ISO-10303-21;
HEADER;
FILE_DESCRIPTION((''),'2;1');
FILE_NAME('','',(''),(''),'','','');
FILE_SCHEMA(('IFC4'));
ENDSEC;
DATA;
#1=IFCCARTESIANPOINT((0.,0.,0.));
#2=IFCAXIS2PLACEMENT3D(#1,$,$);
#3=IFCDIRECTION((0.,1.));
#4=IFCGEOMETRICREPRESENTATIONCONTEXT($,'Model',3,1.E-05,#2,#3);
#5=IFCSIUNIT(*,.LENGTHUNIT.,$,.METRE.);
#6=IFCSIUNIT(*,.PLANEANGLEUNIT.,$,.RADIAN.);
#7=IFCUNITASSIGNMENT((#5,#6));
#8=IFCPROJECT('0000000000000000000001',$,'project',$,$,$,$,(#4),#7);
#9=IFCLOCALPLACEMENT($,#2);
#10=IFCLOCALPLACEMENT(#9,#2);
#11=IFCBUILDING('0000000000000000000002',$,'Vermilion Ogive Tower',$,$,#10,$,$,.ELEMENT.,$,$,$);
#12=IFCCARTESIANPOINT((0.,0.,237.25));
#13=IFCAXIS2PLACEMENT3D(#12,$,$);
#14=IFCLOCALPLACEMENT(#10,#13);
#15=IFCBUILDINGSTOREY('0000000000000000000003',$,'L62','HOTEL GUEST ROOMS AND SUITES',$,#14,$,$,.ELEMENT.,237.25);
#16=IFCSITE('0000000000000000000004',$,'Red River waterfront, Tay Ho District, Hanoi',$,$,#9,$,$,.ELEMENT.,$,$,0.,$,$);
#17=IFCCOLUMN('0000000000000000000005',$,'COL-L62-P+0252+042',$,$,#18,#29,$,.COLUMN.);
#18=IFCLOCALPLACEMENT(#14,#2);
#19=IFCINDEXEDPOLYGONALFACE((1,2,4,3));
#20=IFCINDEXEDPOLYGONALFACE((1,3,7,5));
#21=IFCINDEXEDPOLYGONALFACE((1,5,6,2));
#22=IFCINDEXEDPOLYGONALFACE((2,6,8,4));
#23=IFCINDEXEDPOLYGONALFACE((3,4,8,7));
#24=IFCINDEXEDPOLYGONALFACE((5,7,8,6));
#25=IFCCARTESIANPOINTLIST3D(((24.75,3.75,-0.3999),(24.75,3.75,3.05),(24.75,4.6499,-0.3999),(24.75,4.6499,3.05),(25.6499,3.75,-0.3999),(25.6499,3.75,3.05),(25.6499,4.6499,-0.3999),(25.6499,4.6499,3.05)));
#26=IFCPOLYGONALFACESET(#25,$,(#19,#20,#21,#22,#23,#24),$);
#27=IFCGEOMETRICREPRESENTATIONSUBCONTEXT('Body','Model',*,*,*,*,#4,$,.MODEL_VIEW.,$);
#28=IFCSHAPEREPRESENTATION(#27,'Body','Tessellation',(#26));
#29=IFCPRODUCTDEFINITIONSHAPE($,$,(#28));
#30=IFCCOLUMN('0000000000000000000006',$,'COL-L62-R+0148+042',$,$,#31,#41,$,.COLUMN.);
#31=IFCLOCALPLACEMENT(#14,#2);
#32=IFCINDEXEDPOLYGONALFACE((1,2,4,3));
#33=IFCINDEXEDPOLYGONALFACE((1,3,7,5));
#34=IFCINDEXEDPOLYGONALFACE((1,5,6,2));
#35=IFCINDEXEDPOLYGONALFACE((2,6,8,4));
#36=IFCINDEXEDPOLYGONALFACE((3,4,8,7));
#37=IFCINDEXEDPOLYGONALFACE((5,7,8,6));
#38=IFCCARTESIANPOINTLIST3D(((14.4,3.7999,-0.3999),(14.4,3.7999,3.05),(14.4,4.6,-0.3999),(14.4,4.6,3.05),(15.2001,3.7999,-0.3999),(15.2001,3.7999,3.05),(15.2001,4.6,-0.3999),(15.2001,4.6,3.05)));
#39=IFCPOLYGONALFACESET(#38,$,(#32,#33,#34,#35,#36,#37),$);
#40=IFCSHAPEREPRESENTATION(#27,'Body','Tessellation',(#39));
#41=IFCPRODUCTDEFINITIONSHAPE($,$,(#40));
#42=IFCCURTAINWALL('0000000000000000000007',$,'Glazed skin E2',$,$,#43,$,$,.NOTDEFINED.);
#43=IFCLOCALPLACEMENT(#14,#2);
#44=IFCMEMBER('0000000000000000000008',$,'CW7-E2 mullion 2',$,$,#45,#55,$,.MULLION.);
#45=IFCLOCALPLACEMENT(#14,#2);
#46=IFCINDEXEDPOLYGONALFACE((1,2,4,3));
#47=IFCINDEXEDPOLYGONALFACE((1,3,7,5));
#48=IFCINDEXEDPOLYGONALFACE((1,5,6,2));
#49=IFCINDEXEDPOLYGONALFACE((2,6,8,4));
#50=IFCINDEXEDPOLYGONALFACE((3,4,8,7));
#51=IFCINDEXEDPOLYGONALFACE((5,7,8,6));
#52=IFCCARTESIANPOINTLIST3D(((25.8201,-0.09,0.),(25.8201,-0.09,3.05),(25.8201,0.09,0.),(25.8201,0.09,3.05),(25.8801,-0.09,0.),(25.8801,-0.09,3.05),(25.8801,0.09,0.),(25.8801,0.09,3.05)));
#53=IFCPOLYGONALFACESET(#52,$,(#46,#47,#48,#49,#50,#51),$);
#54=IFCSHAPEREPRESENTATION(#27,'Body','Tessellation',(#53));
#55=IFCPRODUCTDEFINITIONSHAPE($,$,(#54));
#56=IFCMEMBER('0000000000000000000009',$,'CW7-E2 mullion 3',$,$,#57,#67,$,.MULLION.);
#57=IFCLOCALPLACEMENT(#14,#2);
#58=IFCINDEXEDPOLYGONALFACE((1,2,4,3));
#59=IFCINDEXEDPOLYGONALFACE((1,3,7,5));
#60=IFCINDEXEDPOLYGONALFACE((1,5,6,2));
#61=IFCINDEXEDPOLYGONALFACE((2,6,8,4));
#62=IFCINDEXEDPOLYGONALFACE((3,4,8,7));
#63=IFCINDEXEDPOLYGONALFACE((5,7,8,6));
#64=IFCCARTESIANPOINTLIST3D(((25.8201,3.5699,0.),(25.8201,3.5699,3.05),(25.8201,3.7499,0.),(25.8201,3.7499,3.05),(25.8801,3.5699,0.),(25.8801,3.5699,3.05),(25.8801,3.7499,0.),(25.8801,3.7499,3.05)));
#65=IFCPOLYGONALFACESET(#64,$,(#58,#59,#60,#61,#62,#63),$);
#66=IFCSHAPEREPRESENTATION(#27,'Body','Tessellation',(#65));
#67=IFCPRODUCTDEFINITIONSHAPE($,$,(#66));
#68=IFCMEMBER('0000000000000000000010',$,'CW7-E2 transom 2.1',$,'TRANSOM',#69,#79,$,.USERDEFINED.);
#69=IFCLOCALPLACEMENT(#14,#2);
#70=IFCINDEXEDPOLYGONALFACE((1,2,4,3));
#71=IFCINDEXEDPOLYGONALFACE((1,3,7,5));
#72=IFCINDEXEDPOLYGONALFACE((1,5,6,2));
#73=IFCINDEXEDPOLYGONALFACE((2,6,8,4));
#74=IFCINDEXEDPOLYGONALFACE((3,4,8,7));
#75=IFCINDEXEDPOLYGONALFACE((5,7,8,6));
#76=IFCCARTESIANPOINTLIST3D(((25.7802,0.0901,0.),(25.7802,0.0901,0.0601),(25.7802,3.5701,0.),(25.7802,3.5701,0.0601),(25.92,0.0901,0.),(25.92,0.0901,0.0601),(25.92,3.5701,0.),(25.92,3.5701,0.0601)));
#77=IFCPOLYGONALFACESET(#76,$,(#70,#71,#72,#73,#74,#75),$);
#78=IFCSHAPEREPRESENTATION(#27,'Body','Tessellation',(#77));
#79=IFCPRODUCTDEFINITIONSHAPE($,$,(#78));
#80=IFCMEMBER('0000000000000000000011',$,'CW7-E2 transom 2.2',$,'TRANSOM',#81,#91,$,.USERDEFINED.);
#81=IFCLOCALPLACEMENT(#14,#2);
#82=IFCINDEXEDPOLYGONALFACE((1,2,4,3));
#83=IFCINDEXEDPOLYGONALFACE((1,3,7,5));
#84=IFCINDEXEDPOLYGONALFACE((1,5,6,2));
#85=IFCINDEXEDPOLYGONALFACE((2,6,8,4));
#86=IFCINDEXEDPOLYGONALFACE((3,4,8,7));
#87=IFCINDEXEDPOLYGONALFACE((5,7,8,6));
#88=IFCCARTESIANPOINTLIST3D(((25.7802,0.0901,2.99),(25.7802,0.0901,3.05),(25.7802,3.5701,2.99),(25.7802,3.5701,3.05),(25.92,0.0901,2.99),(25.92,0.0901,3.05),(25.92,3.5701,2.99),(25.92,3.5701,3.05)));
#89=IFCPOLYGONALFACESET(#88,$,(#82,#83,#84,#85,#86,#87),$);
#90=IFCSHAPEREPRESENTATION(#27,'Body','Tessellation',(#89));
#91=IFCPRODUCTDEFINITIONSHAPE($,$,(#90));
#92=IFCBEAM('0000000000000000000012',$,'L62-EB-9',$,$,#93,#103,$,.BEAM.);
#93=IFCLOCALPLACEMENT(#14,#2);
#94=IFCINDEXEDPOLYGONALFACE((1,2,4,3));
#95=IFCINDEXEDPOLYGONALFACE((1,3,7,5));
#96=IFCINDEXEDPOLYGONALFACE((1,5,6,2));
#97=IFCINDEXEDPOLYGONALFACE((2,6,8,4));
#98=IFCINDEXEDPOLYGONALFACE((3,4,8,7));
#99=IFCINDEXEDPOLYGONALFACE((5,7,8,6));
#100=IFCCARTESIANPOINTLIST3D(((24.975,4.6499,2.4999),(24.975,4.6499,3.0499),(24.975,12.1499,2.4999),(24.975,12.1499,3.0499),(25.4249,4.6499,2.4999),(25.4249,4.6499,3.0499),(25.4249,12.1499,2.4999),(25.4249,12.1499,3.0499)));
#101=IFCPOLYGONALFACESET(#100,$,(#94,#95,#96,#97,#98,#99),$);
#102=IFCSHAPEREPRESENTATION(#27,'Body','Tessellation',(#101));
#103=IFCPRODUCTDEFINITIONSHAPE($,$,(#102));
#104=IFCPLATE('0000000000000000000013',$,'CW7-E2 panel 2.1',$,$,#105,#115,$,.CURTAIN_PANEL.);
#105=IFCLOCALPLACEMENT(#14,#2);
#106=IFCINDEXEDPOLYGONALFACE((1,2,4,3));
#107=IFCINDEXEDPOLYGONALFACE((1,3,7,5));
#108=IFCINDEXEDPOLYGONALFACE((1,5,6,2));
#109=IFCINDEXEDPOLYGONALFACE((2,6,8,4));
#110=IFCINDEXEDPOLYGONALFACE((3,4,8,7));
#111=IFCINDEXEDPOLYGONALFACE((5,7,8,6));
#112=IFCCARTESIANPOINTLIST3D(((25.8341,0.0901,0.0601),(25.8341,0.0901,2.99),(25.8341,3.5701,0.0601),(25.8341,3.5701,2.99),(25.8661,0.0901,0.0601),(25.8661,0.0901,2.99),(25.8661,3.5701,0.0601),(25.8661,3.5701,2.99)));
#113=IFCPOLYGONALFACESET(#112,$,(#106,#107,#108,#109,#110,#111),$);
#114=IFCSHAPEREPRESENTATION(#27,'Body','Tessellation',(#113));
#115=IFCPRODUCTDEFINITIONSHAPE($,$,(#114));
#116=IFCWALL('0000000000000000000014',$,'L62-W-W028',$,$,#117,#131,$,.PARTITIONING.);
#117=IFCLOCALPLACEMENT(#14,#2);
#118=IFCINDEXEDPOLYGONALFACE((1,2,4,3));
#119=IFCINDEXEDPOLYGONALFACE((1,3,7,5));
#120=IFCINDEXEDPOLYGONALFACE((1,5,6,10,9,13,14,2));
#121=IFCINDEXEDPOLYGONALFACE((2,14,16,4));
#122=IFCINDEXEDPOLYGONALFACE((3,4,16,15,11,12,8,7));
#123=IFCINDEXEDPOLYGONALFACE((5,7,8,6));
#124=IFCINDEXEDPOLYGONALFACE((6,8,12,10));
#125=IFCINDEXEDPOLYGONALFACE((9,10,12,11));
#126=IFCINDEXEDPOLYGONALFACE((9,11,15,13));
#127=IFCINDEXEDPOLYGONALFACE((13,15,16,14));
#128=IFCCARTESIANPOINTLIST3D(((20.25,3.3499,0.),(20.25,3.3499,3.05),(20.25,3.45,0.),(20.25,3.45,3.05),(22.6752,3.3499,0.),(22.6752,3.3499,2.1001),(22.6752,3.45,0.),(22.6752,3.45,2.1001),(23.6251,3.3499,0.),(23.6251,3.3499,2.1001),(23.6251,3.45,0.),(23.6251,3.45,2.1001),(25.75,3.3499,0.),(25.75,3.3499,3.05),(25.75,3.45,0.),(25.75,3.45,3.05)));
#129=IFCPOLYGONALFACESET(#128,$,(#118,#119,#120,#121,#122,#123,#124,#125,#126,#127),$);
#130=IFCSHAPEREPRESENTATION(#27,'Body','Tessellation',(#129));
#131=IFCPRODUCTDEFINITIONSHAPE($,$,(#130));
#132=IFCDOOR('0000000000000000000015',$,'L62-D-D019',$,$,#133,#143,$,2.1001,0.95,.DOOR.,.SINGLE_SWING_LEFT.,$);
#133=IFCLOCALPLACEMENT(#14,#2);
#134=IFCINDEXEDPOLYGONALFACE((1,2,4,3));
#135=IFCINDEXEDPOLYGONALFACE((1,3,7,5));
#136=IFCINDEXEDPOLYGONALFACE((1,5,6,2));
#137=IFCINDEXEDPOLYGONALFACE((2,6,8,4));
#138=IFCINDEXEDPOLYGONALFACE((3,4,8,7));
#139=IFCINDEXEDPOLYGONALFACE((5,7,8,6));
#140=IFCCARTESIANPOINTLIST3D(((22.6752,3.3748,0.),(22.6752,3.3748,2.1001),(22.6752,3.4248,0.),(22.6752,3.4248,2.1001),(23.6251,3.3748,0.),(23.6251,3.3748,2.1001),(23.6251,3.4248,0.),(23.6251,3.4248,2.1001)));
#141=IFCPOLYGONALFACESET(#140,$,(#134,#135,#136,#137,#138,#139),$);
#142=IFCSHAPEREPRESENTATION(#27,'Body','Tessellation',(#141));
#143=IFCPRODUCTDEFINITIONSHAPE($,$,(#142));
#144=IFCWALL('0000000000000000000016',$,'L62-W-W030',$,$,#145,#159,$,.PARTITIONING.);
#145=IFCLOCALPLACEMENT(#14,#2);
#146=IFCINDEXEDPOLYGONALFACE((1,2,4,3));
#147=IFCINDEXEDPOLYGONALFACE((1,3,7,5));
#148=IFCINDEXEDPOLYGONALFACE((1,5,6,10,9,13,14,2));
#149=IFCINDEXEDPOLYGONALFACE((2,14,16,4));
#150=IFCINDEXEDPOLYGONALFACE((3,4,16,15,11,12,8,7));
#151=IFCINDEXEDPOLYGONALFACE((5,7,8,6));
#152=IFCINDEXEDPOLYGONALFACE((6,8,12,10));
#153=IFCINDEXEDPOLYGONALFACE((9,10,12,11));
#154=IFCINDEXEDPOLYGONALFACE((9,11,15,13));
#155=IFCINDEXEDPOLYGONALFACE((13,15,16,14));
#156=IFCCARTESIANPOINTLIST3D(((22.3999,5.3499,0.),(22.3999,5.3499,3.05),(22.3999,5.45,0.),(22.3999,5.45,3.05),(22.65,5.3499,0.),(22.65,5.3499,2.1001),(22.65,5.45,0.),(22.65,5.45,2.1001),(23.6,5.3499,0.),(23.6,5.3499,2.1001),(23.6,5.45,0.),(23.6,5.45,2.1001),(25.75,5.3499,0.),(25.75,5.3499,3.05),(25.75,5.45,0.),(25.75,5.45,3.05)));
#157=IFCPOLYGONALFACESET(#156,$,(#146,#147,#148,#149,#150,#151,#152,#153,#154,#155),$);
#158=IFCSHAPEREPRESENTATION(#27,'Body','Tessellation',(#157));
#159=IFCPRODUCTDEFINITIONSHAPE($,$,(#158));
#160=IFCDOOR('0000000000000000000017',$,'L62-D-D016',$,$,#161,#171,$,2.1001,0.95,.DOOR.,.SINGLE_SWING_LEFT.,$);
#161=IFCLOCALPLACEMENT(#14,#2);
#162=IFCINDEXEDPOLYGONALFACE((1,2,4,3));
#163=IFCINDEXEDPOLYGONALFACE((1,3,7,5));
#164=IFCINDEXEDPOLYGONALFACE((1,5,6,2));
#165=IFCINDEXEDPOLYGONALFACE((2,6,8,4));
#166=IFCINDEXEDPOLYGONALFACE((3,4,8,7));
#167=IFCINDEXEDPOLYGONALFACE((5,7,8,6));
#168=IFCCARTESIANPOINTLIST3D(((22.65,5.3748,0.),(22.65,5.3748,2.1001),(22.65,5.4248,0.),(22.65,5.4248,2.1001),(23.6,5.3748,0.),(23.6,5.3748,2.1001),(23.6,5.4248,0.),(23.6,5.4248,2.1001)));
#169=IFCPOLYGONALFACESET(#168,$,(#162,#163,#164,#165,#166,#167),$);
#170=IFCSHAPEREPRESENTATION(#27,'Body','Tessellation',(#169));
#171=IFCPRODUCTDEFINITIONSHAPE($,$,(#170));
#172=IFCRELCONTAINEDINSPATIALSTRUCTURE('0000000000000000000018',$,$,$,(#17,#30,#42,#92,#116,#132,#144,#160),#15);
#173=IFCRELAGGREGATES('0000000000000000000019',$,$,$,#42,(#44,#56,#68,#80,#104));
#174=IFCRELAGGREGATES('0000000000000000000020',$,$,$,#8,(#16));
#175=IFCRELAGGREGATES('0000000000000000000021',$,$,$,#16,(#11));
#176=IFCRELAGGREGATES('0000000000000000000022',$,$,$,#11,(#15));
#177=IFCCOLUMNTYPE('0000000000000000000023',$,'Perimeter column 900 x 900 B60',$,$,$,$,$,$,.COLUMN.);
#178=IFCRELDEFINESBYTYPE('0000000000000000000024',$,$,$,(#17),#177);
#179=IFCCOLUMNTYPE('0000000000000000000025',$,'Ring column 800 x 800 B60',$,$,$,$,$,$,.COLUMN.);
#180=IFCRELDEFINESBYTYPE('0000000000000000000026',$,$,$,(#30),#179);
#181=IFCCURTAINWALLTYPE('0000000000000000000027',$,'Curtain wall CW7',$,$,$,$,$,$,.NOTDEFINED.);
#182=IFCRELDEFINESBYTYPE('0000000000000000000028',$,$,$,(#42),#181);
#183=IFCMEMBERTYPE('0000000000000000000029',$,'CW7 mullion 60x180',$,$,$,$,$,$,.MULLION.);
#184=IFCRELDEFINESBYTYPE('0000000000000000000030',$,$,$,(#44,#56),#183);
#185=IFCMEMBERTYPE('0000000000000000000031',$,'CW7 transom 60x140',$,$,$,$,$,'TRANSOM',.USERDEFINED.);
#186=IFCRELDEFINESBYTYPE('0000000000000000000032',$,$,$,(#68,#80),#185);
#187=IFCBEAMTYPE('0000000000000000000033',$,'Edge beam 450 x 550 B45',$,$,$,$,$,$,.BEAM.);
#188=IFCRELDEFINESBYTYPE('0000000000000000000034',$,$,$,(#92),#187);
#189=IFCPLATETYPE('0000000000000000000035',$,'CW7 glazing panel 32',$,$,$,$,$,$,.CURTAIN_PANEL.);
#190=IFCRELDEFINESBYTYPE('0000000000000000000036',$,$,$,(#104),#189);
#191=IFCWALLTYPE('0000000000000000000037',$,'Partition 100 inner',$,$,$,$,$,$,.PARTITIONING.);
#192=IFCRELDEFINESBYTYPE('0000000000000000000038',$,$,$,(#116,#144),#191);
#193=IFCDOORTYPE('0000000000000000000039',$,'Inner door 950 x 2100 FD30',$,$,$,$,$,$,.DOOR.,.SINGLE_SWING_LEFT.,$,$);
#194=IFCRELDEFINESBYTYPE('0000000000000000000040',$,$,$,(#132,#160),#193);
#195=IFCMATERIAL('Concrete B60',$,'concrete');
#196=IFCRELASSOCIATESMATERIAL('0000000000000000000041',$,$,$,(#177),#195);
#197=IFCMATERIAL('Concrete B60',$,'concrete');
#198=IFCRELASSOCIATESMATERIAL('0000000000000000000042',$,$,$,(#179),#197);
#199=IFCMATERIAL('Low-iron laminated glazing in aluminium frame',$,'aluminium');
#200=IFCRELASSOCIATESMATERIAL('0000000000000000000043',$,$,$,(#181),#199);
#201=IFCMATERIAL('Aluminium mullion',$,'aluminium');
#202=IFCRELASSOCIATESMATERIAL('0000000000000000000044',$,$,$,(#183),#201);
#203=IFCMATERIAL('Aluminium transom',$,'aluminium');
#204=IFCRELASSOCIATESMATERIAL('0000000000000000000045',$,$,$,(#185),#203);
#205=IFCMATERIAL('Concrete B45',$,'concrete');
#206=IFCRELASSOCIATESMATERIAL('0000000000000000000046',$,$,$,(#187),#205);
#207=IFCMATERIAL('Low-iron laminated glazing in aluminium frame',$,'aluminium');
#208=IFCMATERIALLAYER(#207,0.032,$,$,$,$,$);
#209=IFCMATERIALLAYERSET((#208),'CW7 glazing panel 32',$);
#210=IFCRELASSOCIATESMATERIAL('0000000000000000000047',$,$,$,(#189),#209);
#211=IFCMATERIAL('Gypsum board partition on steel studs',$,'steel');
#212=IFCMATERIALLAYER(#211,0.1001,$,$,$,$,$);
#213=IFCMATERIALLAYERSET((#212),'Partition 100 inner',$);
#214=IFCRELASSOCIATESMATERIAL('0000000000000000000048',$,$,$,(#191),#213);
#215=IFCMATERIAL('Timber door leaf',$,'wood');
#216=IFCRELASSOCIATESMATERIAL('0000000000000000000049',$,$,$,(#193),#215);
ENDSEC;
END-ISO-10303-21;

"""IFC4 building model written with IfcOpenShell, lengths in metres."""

from ifc_helpers import new_model, si_unit, direction, frame, frame_2d, origin, origin_2d, place, context, subcontext, project, spatial, rectangle, extrude, material, layer, layer_set, material_profile, profile_set, type_object, element, fill, aggregate, save


model = new_model("IFC4")

# Units and contexts
model_context = context("Model", 3, precision=1e-05, world=origin(), true_north=direction((0.0, 1.0)))
body_context = subcontext(model_context, "Body", "Model", "MODEL_VIEW")
ifc_project = project(units=[si_unit("LENGTHUNIT", "METRE"), si_unit("PLANEANGLEUNIT", "RADIAN")], contexts=[model_context])

# Site, building, storey
site_placement = place(None, origin())
site = spatial("IfcSite", under=ifc_project, at=site_placement, Name="Red River waterfront, Tay Ho District, Hanoi", CompositionType="ELEMENT", RefElevation=0.0)
building_placement = place(site_placement, origin())
building = spatial("IfcBuilding", under=site, at=building_placement, Name="Vermilion Ogive Tower", CompositionType="ELEMENT")
storey_placement = place(building_placement, frame((0.0, 0.0, 237.25)))
storey = spatial("IfcBuildingStorey", under=building, at=storey_placement, Name="L62", Description="HOTEL GUEST ROOMS AND SUITES", CompositionType="ELEMENT", Elevation=237.25)

# Columns
ifc_material_1 = material(Name="Concrete B60", Category="concrete")
ifc_material_profile_1 = material_profile(ifc_material_1, rectangle(XDim=0.8999, YDim=0.8999, at=origin_2d()), Name="900 x 900")
ifc_profile_set_1 = profile_set([ifc_material_profile_1], Name="Concrete B60")
column_type_1 = type_object("IfcColumnType", Name="Perimeter column 900 x 900 B60", PredefinedType="COLUMN", material=ifc_profile_set_1)
column_1_placement = place(storey_placement, frame((25.2, 4.2, -0.3999), z_axis=(0.0, 0.0, 1.0), x_axis=(1.0, 0.0, 0.0)))
element("IfcColumn", 1, at=column_1_placement, inside=storey, type_object=column_type_1, Name="COL-L62-P+0252+042", PredefinedType="COLUMN", context=body_context, shape_type="SweptSolid", body=[
    extrude(rectangle(XDim=0.8999, YDim=0.8999, at=origin_2d()), origin(), (0.0, 0.0, 1.0), 3.45),
])
ifc_material_2 = material(Name="Concrete B60", Category="concrete")
ifc_material_profile_2 = material_profile(ifc_material_2, rectangle(XDim=0.8, YDim=0.8, at=origin_2d()), Name="800 x 800")
ifc_profile_set_2 = profile_set([ifc_material_profile_2], Name="Concrete B60")
column_type_2 = type_object("IfcColumnType", Name="Ring column 800 x 800 B60", PredefinedType="COLUMN", material=ifc_profile_set_2)
column_2_placement = place(storey_placement, frame((14.8, 4.2, -0.3999), z_axis=(0.0, 0.0, 1.0), x_axis=(1.0, 0.0, 0.0)))
element("IfcColumn", 2, at=column_2_placement, inside=storey, type_object=column_type_2, Name="COL-L62-R+0148+042", PredefinedType="COLUMN", context=body_context, shape_type="SweptSolid", body=[
    extrude(rectangle(XDim=0.8, YDim=0.8, at=origin_2d()), origin(), (0.0, 0.0, 1.0), 3.45),
])

# Curtain wall, members
ifc_material_3 = material(Name="Low-iron laminated glazing in aluminium frame", Category="aluminium")
curtain_wall_type = type_object("IfcCurtainWallType", Name="Curtain wall CW7", PredefinedType="NOTDEFINED", material=ifc_material_3)
curtain_wall_placement = place(storey_placement, origin())
curtain_wall = element("IfcCurtainWall", 3, at=curtain_wall_placement, inside=storey, type_object=curtain_wall_type, Name="Glazed skin E2", PredefinedType="NOTDEFINED")
ifc_material_4 = material(Name="Aluminium mullion", Category="aluminium")
ifc_material_profile_3 = material_profile(ifc_material_4, rectangle(XDim=0.0601, YDim=0.1799, at=origin_2d()), Name="AL 60x180")
ifc_profile_set_3 = profile_set([ifc_material_profile_3], Name="Aluminium mullion")
member_type_1 = type_object("IfcMemberType", Name="CW7 mullion 60x180", PredefinedType="MULLION", material=ifc_profile_set_3)
member_1_placement = place(storey_placement, frame((25.8501, 0.0, 0.0), z_axis=(0.0, 0.0, 1.0), x_axis=(-1.0, 0.0, 0.0)))
member_1 = element("IfcMember", 4, at=member_1_placement, type_object=member_type_1, Name="CW7-E2 mullion 2", PredefinedType="MULLION", context=body_context, shape_type="SweptSolid", body=[
    extrude(rectangle(XDim=0.0601, YDim=0.1799, at=origin_2d()), origin(), (0.0, 0.0, 1.0), 3.05),
])
member_2_placement = place(storey_placement, frame((25.8501, 3.6599, 0.0), z_axis=(0.0, 0.0, 1.0), x_axis=(-1.0, 0.0, 0.0)))
member_2 = element("IfcMember", 5, at=member_2_placement, type_object=member_type_1, Name="CW7-E2 mullion 3", PredefinedType="MULLION", context=body_context, shape_type="SweptSolid", body=[
    extrude(rectangle(XDim=0.0601, YDim=0.1799, at=origin_2d()), origin(), (0.0, 0.0, 1.0), 3.05),
])
ifc_material_5 = material(Name="Aluminium transom", Category="aluminium")
ifc_material_profile_4 = material_profile(ifc_material_5, rectangle(XDim=0.1399, YDim=0.0601, at=origin_2d()), Name="AL 60x140")
ifc_profile_set_4 = profile_set([ifc_material_profile_4], Name="Aluminium transom")
member_type_2 = type_object("IfcMemberType", Name="CW7 transom 60x140", ElementType="TRANSOM", PredefinedType="USERDEFINED", material=ifc_profile_set_4)
member_3_placement = place(storey_placement, frame((25.8501, 0.0901, 0.03), z_axis=(0.0, 1.0, 0.0), x_axis=(-1.0, 0.0, 0.0)))
member_3 = element("IfcMember", 6, at=member_3_placement, type_object=member_type_2, Name="CW7-E2 transom 2.1", ObjectType="TRANSOM", PredefinedType="USERDEFINED", context=body_context, shape_type="SweptSolid", body=[
    extrude(rectangle(XDim=0.1399, YDim=0.0601, at=origin_2d()), origin(), (0.0, 0.0, 1.0), 3.48),
])
member_4_placement = place(storey_placement, frame((25.8501, 0.0901, 3.02), z_axis=(0.0, 1.0, 0.0), x_axis=(-1.0, 0.0, 0.0)))
member_4 = element("IfcMember", 7, at=member_4_placement, type_object=member_type_2, Name="CW7-E2 transom 2.2", ObjectType="TRANSOM", PredefinedType="USERDEFINED", context=body_context, shape_type="SweptSolid", body=[
    extrude(rectangle(XDim=0.1399, YDim=0.0601, at=origin_2d()), origin(), (0.0, 0.0, 1.0), 3.48),
])

# Beam
ifc_material_6 = material(Name="Concrete B45", Category="concrete")
ifc_material_profile_5 = material_profile(ifc_material_6, rectangle(XDim=0.45, YDim=0.55, at=origin_2d()), Name="450 x 550")
ifc_profile_set_5 = profile_set([ifc_material_profile_5], Name="Concrete B45")
beam_type = type_object("IfcBeamType", Name="Edge beam 450 x 550 B45", PredefinedType="BEAM", material=ifc_profile_set_5)
beam_placement = place(storey_placement, frame((25.2, 4.6499, 2.7749), z_axis=(0.0, 1.0, 0.0), x_axis=(-1.0, 0.0, 0.0)))
element("IfcBeam", 8, at=beam_placement, inside=storey, type_object=beam_type, Name="L62-EB-9", PredefinedType="BEAM", context=body_context, shape_type="SweptSolid", body=[
    extrude(rectangle(XDim=0.45, YDim=0.55, at=origin_2d()), origin(), (0.0, 0.0, 1.0), 7.5),
])

# Plate
ifc_material_7 = material(Name="Low-iron laminated glazing in aluminium frame", Category="aluminium")
ifc_layer_1 = layer(ifc_material_7, 0.032)
ifc_layer_set_1 = layer_set([ifc_layer_1], Name="CW7 glazing panel 32")
plate_type = type_object("IfcPlateType", Name="CW7 glazing panel 32", PredefinedType="CURTAIN_PANEL", material=ifc_layer_set_1)
plate_placement = place(storey_placement, frame((25.8501, 1.8301, 0.0601), z_axis=(0.0, 0.0, 1.0), x_axis=(0.0, 1.0, 0.0)))
plate = element("IfcPlate", 9, at=plate_placement, type_object=plate_type, Name="CW7-E2 panel 2.1", PredefinedType="CURTAIN_PANEL", context=body_context, shape_type="SweptSolid", body=[
    extrude(rectangle(XDim=3.48, YDim=0.032, at=origin_2d()), origin(), (0.0, 0.0, 1.0), 2.9299),
])
aggregate(curtain_wall, [member_1, member_2, member_3, member_4, plate])

# Walls, openings, doors
ifc_material_8 = material(Name="Gypsum board partition on steel studs", Category="steel")
ifc_layer_2 = layer(ifc_material_8, 0.1001)
ifc_layer_set_2 = layer_set([ifc_layer_2], Name="Partition 100 inner")
wall_type_1 = type_object("IfcWallType", Name="Partition 100 inner", PredefinedType="PARTITIONING", material=ifc_layer_set_2)
wall_1_placement = place(storey_placement, frame((20.25, 3.3999, 0.0), z_axis=(0.0, 0.0, 1.0), x_axis=(1.0, 0.0, 0.0)))
wall_1 = element("IfcWall", 10, at=wall_1_placement, inside=storey, type_object=wall_type_1, Name="L62-W-W028", PredefinedType="PARTITIONING", context=body_context, shape_type="SweptSolid", body=[
    extrude(rectangle(XDim=5.5, YDim=0.1001, at=frame_2d((2.75, 0.0))), origin(), (0.0, 0.0, 1.0), 3.05),
])
opening_1_placement = place(wall_1_placement, frame((2.425, 0.0, 0.0)))
opening_1 = element("IfcOpeningElement", 11, at=opening_1_placement, cuts=wall_1, PredefinedType="OPENING", context=body_context, shape_type="SweptSolid", body=[
    extrude(rectangle(XDim=0.95, YDim=2.1001, at=frame_2d((0.4751, 1.05))), frame((0.0, 0.0601, 0.0), z_axis=(0.0, -1.0, 0.0), x_axis=(1.0, 0.0, 0.0)), (0.0, 0.0, 1.0), 0.1201),
])
ifc_material_9 = material(Name="Timber door leaf", Category="wood")
door_type_1 = type_object("IfcDoorType", Name="Inner door 950 x 2100 FD30", OperationType="SINGLE_SWING_LEFT", PredefinedType="DOOR", material=ifc_material_9)
door_1_placement = place(opening_1_placement, origin())
door_1 = element("IfcDoor", 12, at=door_1_placement, inside=storey, type_object=door_type_1, Name="L62-D-D019", OperationType="SINGLE_SWING_LEFT", OverallHeight=2.1001, OverallWidth=0.95, PredefinedType="DOOR", context=body_context, shape_type="SweptSolid", body=[
    extrude(rectangle(XDim=0.95, YDim=2.1001, at=frame_2d((0.4751, 1.05))), frame((0.0, 0.0249, 0.0), z_axis=(0.0, -1.0, 0.0), x_axis=(1.0, 0.0, 0.0)), (0.0, 0.0, 1.0), 0.05),
])
fill(opening_1, door_1)
wall_2_placement = place(storey_placement, frame((22.3999, 5.3999, 0.0), z_axis=(0.0, 0.0, 1.0), x_axis=(1.0, 0.0, 0.0)))
wall_2 = element("IfcWall", 13, at=wall_2_placement, inside=storey, type_object=wall_type_1, Name="L62-W-W030", PredefinedType="PARTITIONING", context=body_context, shape_type="SweptSolid", body=[
    extrude(rectangle(XDim=3.3501, YDim=0.1001, at=frame_2d((1.675, 0.0))), origin(), (0.0, 0.0, 1.0), 3.05),
])
opening_2_placement = place(wall_2_placement, frame((0.25, 0.0, 0.0)))
opening_2 = element("IfcOpeningElement", 14, at=opening_2_placement, cuts=wall_2, PredefinedType="OPENING", context=body_context, shape_type="SweptSolid", body=[
    extrude(rectangle(XDim=0.95, YDim=2.1001, at=frame_2d((0.4751, 1.05))), frame((0.0, 0.0601, 0.0), z_axis=(0.0, -1.0, 0.0), x_axis=(1.0, 0.0, 0.0)), (0.0, 0.0, 1.0), 0.1201),
])
door_2_placement = place(opening_2_placement, origin())
door_2 = element("IfcDoor", 15, at=door_2_placement, inside=storey, type_object=door_type_1, Name="L62-D-D016", OperationType="SINGLE_SWING_LEFT", OverallHeight=2.1001, OverallWidth=0.95, PredefinedType="DOOR", context=body_context, shape_type="SweptSolid", body=[
    extrude(rectangle(XDim=0.95, YDim=2.1001, at=frame_2d((0.4751, 1.05))), frame((0.0, 0.0249, 0.0), z_axis=(0.0, -1.0, 0.0), x_axis=(1.0, 0.0, 0.0)), (0.0, 0.0, 1.0), 0.05),
])
fill(opening_2, door_2)

save(model, "model.ifc")
